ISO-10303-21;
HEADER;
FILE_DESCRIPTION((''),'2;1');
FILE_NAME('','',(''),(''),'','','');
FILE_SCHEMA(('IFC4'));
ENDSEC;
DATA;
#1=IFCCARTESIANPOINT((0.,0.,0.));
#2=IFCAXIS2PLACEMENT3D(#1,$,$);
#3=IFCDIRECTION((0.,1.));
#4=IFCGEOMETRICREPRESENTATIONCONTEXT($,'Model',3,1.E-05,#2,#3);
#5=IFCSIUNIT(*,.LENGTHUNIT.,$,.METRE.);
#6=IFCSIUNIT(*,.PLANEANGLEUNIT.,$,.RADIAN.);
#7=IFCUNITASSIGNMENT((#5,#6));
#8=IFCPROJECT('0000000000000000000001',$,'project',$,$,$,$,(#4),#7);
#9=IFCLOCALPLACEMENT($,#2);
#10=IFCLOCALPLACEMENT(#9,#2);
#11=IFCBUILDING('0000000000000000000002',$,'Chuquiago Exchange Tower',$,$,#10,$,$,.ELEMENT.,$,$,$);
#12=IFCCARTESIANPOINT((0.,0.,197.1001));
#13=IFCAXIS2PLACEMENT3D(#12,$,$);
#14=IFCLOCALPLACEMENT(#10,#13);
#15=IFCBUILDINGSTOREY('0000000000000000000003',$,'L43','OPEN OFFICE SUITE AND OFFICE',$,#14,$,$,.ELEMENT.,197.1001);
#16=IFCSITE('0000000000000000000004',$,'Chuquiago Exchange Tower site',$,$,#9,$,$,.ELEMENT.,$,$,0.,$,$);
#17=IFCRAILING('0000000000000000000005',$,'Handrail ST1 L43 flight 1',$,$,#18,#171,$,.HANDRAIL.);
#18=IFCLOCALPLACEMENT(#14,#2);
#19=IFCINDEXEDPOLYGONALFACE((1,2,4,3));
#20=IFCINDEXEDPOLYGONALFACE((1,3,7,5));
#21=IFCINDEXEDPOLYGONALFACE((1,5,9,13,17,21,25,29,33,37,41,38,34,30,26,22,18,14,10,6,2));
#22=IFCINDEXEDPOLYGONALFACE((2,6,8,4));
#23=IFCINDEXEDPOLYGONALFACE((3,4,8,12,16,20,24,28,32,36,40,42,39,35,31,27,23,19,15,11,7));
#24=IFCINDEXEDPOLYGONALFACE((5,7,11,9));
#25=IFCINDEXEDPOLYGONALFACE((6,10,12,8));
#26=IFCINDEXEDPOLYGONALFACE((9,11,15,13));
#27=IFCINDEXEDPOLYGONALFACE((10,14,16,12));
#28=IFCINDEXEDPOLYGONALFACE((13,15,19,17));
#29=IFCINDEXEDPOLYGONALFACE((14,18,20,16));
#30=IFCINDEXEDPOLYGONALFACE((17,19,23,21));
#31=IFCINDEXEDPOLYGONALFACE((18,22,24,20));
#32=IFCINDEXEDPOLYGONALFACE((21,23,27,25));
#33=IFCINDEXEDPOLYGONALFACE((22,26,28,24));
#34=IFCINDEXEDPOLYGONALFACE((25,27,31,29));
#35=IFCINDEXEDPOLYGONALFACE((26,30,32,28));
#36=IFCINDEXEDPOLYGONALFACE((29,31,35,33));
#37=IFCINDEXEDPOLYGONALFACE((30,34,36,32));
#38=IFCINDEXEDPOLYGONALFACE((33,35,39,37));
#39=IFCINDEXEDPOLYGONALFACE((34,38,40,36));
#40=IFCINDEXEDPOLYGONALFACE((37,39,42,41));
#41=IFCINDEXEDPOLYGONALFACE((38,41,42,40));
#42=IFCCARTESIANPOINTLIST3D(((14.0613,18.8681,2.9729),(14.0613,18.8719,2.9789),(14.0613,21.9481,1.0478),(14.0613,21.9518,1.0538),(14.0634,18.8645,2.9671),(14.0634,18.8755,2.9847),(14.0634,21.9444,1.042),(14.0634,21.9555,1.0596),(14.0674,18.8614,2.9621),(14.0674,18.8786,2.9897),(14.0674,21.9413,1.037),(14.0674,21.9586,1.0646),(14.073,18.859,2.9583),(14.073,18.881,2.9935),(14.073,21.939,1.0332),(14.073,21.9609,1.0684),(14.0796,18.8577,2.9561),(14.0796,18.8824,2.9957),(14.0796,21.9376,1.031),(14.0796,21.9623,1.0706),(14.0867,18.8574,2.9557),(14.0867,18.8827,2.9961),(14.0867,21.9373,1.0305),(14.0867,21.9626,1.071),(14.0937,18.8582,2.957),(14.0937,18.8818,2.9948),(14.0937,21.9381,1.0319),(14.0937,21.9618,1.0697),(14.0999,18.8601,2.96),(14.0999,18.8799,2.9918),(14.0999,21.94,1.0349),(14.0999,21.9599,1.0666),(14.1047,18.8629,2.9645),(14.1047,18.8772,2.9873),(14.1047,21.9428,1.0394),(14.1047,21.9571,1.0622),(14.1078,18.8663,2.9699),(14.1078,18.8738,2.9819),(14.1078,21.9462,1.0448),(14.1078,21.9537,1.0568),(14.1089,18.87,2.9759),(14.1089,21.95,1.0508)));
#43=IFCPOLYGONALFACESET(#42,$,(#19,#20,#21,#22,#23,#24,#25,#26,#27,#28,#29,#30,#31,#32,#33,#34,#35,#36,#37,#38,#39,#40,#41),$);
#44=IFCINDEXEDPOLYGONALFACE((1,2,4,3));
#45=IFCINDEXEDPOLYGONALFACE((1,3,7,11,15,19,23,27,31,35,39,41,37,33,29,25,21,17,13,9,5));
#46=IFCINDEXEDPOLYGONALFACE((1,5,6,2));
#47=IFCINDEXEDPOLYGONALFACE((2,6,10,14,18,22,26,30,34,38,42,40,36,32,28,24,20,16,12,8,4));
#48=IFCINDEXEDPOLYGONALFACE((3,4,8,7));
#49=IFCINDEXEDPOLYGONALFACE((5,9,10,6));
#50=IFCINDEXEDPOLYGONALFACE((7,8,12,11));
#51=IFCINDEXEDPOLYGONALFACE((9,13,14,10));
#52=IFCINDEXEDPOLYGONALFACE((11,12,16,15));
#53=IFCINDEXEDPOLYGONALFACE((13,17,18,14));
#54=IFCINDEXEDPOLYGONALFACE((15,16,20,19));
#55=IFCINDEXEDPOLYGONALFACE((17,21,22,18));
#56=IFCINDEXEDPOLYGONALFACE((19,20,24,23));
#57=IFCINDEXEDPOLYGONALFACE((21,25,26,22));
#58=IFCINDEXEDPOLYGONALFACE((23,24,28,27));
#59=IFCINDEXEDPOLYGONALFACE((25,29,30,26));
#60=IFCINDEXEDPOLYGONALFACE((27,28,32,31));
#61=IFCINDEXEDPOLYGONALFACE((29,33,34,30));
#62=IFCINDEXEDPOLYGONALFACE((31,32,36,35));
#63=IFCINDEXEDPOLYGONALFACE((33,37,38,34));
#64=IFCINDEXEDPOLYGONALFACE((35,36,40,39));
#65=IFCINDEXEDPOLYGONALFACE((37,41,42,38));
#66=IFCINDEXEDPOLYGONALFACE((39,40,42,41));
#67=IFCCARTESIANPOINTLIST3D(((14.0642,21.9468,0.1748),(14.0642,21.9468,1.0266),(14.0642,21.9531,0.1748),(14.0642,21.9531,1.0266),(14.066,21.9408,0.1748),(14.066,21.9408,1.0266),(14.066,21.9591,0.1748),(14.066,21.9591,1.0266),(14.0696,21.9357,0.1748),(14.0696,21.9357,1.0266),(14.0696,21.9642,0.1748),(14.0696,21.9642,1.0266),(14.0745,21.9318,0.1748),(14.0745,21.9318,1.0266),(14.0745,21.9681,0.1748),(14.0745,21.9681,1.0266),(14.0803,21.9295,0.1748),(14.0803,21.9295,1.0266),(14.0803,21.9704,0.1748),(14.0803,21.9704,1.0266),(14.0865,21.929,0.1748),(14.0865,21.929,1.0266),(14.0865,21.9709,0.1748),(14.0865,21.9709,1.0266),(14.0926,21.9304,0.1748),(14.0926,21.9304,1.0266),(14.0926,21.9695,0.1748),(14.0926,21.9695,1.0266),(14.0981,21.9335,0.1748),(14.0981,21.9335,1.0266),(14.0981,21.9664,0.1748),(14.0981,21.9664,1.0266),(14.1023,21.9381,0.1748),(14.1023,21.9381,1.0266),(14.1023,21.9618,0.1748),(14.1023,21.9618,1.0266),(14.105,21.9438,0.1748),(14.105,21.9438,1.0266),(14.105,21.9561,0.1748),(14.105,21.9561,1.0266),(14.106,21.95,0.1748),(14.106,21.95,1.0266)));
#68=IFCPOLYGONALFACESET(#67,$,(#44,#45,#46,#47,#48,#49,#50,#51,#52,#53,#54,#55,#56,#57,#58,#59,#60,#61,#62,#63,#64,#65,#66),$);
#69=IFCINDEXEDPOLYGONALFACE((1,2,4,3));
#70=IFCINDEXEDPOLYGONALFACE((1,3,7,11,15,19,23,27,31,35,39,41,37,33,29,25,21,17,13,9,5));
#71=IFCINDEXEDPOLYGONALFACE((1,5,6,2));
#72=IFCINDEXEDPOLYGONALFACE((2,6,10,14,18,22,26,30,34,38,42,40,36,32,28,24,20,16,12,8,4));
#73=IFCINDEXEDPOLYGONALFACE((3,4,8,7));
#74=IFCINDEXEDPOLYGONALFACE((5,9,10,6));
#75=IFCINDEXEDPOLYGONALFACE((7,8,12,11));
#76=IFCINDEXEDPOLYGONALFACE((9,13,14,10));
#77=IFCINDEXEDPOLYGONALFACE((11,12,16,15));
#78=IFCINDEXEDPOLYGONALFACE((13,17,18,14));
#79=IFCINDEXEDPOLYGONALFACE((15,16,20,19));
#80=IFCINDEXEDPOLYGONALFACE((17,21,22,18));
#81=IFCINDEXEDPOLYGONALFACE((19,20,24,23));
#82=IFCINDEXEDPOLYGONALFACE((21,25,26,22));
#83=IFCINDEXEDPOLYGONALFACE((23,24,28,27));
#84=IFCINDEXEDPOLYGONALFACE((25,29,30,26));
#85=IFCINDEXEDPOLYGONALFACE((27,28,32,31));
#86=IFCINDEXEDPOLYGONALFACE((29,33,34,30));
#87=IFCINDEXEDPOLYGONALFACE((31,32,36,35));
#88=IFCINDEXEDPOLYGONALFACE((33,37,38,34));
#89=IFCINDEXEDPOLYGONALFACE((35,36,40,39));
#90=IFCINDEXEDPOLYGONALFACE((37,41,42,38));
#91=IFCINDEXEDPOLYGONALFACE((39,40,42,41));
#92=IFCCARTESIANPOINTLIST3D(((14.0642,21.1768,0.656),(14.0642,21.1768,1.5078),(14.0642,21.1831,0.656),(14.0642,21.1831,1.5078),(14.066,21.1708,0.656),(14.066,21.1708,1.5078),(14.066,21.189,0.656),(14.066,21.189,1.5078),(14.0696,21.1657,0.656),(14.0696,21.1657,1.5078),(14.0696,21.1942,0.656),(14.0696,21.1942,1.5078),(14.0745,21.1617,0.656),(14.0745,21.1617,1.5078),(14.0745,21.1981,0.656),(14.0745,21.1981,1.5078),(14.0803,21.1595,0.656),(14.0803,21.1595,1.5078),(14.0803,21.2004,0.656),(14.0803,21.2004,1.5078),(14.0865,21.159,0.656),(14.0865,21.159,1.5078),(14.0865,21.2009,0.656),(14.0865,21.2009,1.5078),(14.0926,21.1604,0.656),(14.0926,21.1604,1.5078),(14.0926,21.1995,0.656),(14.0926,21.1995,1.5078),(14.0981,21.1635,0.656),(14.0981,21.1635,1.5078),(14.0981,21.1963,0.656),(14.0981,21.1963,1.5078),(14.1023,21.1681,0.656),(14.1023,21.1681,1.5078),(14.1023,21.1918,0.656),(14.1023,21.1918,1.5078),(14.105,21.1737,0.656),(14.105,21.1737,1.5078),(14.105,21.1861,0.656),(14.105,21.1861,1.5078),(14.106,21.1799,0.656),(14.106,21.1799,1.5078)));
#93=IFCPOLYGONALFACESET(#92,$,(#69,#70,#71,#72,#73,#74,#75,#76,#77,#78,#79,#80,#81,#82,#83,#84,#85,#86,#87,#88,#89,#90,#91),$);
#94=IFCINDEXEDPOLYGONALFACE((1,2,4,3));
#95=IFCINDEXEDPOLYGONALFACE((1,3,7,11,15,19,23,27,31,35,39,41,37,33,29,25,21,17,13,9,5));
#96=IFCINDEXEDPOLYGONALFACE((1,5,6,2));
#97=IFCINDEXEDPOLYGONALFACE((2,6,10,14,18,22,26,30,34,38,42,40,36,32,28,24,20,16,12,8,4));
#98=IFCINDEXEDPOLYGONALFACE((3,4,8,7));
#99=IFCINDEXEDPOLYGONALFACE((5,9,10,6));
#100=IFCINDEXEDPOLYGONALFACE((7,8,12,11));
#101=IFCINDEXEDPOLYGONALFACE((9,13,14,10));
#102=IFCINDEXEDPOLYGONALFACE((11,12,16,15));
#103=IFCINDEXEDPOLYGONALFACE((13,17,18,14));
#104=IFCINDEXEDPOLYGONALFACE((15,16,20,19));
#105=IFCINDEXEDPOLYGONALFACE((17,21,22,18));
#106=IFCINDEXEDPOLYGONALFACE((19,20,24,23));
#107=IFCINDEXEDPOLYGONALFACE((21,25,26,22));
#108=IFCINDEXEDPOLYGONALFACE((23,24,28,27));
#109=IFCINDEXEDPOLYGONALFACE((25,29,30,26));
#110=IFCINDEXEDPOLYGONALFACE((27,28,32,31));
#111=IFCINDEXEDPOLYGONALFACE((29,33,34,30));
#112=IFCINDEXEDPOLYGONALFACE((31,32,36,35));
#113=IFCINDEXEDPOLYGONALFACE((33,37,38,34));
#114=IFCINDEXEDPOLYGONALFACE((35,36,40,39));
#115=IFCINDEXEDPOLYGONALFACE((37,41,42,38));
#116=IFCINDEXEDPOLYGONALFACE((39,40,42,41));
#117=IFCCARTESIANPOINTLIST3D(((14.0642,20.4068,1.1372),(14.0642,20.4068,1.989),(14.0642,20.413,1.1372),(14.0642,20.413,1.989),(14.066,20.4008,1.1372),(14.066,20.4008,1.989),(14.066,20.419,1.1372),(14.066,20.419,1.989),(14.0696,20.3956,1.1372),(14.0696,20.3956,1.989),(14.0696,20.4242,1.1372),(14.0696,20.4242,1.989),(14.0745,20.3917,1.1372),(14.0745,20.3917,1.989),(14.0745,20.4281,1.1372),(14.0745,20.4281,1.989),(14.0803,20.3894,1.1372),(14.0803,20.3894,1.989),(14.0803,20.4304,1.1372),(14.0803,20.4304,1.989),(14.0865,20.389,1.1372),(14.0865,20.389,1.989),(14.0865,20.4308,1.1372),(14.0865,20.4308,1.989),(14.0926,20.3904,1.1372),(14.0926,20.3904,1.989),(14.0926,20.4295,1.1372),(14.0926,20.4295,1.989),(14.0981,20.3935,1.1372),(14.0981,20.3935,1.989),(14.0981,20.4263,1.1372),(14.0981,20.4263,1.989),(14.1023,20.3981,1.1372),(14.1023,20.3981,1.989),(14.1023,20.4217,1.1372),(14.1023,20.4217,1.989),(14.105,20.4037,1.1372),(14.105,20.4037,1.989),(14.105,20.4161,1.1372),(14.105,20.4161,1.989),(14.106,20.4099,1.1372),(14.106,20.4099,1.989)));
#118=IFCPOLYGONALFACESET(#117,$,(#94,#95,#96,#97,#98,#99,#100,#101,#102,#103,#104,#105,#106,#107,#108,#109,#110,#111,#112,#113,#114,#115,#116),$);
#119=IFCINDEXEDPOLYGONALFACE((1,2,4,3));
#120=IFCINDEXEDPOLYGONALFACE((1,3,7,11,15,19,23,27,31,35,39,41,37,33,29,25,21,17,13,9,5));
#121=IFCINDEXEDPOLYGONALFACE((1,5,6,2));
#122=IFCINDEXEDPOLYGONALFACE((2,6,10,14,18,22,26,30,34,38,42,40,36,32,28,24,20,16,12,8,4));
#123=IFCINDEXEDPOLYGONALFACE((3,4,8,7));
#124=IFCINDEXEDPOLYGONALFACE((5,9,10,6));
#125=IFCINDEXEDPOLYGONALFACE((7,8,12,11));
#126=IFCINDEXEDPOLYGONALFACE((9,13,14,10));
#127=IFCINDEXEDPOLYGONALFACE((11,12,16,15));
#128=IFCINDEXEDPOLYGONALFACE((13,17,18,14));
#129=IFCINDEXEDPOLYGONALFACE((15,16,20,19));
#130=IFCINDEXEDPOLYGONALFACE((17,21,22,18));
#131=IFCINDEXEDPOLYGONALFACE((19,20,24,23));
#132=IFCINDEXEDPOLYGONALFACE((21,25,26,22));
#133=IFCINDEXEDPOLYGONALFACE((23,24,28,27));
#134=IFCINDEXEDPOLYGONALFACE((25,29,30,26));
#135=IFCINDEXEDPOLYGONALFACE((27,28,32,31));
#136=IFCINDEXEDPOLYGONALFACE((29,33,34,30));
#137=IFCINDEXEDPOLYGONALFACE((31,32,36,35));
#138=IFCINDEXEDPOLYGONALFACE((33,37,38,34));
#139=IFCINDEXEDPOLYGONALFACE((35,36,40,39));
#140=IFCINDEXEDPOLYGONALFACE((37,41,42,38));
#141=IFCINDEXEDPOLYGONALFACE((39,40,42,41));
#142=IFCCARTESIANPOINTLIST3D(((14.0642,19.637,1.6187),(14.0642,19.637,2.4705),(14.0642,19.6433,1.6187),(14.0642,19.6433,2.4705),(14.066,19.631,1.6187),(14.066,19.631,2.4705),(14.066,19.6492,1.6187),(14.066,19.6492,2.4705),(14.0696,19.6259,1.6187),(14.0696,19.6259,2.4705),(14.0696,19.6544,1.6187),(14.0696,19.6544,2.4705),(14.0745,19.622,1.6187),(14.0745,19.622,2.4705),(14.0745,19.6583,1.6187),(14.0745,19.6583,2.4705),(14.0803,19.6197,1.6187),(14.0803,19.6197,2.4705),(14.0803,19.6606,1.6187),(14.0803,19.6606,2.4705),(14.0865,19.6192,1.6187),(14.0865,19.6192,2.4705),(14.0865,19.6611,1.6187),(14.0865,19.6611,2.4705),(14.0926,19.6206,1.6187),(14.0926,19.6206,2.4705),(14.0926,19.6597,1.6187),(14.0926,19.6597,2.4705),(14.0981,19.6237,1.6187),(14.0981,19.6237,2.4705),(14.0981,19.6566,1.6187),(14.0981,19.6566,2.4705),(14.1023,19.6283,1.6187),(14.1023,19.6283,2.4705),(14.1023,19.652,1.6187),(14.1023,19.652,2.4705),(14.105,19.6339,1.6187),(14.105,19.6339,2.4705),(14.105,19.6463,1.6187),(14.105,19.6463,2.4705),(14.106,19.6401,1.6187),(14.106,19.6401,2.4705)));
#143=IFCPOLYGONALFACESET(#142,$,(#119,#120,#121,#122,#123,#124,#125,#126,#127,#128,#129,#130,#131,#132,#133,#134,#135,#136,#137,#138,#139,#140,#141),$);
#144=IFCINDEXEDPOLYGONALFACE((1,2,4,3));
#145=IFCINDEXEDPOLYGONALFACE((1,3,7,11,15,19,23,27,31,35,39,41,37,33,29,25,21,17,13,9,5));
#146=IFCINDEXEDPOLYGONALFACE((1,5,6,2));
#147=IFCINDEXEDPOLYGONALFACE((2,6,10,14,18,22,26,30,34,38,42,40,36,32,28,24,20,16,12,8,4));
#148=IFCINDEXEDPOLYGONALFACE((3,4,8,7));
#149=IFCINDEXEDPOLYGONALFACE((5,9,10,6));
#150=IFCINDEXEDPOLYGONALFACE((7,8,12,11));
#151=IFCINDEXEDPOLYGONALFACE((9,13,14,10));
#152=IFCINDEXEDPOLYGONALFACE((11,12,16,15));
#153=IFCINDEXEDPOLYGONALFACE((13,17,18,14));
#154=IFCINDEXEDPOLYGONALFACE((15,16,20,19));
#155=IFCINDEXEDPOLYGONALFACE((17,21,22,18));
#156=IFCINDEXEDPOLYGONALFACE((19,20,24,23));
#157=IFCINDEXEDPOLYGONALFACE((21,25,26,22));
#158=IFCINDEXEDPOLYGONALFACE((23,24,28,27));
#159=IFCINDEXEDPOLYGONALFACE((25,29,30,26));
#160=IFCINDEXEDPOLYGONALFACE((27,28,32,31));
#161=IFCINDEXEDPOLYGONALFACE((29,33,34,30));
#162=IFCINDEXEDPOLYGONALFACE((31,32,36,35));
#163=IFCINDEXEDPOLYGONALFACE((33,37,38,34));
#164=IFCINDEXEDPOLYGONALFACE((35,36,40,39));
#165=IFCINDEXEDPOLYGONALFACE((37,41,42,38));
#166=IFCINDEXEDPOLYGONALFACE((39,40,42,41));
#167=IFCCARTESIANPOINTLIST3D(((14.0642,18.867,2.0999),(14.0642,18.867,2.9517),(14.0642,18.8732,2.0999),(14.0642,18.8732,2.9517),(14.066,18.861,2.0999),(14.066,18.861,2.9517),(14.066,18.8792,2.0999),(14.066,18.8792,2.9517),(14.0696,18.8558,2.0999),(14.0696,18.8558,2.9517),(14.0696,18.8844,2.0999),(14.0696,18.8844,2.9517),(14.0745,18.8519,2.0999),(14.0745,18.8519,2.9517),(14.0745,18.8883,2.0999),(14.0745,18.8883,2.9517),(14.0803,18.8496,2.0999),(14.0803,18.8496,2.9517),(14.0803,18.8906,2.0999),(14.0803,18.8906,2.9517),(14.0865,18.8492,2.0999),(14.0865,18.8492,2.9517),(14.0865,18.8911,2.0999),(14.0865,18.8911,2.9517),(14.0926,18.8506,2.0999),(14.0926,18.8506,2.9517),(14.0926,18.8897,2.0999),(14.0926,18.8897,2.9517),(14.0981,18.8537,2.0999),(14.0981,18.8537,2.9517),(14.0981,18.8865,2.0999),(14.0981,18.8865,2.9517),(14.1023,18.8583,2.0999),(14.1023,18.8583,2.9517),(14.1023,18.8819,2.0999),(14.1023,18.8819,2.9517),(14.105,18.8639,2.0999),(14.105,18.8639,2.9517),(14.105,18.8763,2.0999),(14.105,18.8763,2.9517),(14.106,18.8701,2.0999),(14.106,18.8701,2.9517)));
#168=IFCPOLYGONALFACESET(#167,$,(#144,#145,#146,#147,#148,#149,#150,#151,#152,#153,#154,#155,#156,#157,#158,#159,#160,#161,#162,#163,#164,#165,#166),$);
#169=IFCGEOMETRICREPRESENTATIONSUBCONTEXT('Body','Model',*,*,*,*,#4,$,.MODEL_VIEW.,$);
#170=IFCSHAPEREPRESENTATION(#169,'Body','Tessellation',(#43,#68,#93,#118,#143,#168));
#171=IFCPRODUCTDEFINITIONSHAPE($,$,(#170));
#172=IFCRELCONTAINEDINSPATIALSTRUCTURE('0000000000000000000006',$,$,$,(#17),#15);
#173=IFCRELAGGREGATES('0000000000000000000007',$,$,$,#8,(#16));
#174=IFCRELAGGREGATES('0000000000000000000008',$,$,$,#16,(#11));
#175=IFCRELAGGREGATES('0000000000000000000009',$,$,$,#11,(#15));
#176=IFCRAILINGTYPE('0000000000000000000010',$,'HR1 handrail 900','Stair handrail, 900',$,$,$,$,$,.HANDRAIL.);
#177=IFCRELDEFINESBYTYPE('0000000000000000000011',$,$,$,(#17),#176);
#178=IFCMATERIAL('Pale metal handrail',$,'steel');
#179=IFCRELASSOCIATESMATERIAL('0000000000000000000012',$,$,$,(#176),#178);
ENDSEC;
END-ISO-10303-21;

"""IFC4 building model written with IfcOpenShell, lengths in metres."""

from ifc_helpers import new_model, si_unit, direction, frame, origin, origin_2d, place, context, subcontext, project, spatial, circle, extrude, material, type_object, element, save


model = new_model("IFC4")

# Units and contexts
model_context = context("Model", 3, precision=1e-05, world=origin(), true_north=direction((0.0, 1.0)))
body_context = subcontext(model_context, "Body", "Model", "MODEL_VIEW")
ifc_project = project(units=[si_unit("LENGTHUNIT", "METRE"), si_unit("PLANEANGLEUNIT", "RADIAN")], contexts=[model_context])

# Site, building, storey
site_placement = place(None, origin())
site = spatial("IfcSite", under=ifc_project, at=site_placement, Name="Chuquiago Exchange Tower site", CompositionType="ELEMENT", RefElevation=0.0)
building_placement = place(site_placement, origin())
building = spatial("IfcBuilding", under=site, at=building_placement, Name="Chuquiago Exchange Tower", CompositionType="ELEMENT")
storey_placement = place(building_placement, frame((0.0, 0.0, 197.1001)))
storey = spatial("IfcBuildingStorey", under=building, at=storey_placement, Name="L43", Description="OPEN OFFICE SUITE AND OFFICE", CompositionType="ELEMENT", Elevation=197.1001)

# Railing
ifc_material_1 = material(Name="Pale metal handrail", Category="steel")
railing_type_1 = type_object("IfcRailingType", Name="HR1 handrail 900", Description="Stair handrail, 900", PredefinedType="HANDRAIL", material=ifc_material_1)
for number, where, name in (
    (1, (14.085, 21.95, 0.1748), "Handrail ST1 L43 flight 1"),
):
    element("IfcRailing", number, at=place(storey_placement, frame(where)), inside=storey, type_object=railing_type_1, Name=name, PredefinedType="HANDRAIL", context=body_context, shape_type="SweptSolid", body=[
        extrude(circle(Radius=0.0239, at=origin_2d()), frame((0.0, 0.0, 0.876), z_axis=(0.0, -0.847979, 0.530029), x_axis=(1.0, 0.0, 0.0)), (0.0, 0.0, 1.0), 3.6321),
        extrude(circle(Radius=0.021, at=origin_2d()), origin(), (0.0, 0.0, 1.0), 0.8518),
        extrude(circle(Radius=0.021, at=origin_2d()), frame((0.0, -0.77, 0.4812)), (0.0, 0.0, 1.0), 0.8518),
        extrude(circle(Radius=0.021, at=origin_2d()), frame((0.0, -1.54, 0.9624)), (0.0, 0.0, 1.0), 0.8518),
        extrude(circle(Radius=0.021, at=origin_2d()), frame((0.0, -2.3098, 1.4438)), (0.0, 0.0, 1.0), 0.8518),
        extrude(circle(Radius=0.021, at=origin_2d()), frame((0.0, -3.0798, 1.925)), (0.0, 0.0, 1.0), 0.8518),
    ])

save(model, "model.ifc")
